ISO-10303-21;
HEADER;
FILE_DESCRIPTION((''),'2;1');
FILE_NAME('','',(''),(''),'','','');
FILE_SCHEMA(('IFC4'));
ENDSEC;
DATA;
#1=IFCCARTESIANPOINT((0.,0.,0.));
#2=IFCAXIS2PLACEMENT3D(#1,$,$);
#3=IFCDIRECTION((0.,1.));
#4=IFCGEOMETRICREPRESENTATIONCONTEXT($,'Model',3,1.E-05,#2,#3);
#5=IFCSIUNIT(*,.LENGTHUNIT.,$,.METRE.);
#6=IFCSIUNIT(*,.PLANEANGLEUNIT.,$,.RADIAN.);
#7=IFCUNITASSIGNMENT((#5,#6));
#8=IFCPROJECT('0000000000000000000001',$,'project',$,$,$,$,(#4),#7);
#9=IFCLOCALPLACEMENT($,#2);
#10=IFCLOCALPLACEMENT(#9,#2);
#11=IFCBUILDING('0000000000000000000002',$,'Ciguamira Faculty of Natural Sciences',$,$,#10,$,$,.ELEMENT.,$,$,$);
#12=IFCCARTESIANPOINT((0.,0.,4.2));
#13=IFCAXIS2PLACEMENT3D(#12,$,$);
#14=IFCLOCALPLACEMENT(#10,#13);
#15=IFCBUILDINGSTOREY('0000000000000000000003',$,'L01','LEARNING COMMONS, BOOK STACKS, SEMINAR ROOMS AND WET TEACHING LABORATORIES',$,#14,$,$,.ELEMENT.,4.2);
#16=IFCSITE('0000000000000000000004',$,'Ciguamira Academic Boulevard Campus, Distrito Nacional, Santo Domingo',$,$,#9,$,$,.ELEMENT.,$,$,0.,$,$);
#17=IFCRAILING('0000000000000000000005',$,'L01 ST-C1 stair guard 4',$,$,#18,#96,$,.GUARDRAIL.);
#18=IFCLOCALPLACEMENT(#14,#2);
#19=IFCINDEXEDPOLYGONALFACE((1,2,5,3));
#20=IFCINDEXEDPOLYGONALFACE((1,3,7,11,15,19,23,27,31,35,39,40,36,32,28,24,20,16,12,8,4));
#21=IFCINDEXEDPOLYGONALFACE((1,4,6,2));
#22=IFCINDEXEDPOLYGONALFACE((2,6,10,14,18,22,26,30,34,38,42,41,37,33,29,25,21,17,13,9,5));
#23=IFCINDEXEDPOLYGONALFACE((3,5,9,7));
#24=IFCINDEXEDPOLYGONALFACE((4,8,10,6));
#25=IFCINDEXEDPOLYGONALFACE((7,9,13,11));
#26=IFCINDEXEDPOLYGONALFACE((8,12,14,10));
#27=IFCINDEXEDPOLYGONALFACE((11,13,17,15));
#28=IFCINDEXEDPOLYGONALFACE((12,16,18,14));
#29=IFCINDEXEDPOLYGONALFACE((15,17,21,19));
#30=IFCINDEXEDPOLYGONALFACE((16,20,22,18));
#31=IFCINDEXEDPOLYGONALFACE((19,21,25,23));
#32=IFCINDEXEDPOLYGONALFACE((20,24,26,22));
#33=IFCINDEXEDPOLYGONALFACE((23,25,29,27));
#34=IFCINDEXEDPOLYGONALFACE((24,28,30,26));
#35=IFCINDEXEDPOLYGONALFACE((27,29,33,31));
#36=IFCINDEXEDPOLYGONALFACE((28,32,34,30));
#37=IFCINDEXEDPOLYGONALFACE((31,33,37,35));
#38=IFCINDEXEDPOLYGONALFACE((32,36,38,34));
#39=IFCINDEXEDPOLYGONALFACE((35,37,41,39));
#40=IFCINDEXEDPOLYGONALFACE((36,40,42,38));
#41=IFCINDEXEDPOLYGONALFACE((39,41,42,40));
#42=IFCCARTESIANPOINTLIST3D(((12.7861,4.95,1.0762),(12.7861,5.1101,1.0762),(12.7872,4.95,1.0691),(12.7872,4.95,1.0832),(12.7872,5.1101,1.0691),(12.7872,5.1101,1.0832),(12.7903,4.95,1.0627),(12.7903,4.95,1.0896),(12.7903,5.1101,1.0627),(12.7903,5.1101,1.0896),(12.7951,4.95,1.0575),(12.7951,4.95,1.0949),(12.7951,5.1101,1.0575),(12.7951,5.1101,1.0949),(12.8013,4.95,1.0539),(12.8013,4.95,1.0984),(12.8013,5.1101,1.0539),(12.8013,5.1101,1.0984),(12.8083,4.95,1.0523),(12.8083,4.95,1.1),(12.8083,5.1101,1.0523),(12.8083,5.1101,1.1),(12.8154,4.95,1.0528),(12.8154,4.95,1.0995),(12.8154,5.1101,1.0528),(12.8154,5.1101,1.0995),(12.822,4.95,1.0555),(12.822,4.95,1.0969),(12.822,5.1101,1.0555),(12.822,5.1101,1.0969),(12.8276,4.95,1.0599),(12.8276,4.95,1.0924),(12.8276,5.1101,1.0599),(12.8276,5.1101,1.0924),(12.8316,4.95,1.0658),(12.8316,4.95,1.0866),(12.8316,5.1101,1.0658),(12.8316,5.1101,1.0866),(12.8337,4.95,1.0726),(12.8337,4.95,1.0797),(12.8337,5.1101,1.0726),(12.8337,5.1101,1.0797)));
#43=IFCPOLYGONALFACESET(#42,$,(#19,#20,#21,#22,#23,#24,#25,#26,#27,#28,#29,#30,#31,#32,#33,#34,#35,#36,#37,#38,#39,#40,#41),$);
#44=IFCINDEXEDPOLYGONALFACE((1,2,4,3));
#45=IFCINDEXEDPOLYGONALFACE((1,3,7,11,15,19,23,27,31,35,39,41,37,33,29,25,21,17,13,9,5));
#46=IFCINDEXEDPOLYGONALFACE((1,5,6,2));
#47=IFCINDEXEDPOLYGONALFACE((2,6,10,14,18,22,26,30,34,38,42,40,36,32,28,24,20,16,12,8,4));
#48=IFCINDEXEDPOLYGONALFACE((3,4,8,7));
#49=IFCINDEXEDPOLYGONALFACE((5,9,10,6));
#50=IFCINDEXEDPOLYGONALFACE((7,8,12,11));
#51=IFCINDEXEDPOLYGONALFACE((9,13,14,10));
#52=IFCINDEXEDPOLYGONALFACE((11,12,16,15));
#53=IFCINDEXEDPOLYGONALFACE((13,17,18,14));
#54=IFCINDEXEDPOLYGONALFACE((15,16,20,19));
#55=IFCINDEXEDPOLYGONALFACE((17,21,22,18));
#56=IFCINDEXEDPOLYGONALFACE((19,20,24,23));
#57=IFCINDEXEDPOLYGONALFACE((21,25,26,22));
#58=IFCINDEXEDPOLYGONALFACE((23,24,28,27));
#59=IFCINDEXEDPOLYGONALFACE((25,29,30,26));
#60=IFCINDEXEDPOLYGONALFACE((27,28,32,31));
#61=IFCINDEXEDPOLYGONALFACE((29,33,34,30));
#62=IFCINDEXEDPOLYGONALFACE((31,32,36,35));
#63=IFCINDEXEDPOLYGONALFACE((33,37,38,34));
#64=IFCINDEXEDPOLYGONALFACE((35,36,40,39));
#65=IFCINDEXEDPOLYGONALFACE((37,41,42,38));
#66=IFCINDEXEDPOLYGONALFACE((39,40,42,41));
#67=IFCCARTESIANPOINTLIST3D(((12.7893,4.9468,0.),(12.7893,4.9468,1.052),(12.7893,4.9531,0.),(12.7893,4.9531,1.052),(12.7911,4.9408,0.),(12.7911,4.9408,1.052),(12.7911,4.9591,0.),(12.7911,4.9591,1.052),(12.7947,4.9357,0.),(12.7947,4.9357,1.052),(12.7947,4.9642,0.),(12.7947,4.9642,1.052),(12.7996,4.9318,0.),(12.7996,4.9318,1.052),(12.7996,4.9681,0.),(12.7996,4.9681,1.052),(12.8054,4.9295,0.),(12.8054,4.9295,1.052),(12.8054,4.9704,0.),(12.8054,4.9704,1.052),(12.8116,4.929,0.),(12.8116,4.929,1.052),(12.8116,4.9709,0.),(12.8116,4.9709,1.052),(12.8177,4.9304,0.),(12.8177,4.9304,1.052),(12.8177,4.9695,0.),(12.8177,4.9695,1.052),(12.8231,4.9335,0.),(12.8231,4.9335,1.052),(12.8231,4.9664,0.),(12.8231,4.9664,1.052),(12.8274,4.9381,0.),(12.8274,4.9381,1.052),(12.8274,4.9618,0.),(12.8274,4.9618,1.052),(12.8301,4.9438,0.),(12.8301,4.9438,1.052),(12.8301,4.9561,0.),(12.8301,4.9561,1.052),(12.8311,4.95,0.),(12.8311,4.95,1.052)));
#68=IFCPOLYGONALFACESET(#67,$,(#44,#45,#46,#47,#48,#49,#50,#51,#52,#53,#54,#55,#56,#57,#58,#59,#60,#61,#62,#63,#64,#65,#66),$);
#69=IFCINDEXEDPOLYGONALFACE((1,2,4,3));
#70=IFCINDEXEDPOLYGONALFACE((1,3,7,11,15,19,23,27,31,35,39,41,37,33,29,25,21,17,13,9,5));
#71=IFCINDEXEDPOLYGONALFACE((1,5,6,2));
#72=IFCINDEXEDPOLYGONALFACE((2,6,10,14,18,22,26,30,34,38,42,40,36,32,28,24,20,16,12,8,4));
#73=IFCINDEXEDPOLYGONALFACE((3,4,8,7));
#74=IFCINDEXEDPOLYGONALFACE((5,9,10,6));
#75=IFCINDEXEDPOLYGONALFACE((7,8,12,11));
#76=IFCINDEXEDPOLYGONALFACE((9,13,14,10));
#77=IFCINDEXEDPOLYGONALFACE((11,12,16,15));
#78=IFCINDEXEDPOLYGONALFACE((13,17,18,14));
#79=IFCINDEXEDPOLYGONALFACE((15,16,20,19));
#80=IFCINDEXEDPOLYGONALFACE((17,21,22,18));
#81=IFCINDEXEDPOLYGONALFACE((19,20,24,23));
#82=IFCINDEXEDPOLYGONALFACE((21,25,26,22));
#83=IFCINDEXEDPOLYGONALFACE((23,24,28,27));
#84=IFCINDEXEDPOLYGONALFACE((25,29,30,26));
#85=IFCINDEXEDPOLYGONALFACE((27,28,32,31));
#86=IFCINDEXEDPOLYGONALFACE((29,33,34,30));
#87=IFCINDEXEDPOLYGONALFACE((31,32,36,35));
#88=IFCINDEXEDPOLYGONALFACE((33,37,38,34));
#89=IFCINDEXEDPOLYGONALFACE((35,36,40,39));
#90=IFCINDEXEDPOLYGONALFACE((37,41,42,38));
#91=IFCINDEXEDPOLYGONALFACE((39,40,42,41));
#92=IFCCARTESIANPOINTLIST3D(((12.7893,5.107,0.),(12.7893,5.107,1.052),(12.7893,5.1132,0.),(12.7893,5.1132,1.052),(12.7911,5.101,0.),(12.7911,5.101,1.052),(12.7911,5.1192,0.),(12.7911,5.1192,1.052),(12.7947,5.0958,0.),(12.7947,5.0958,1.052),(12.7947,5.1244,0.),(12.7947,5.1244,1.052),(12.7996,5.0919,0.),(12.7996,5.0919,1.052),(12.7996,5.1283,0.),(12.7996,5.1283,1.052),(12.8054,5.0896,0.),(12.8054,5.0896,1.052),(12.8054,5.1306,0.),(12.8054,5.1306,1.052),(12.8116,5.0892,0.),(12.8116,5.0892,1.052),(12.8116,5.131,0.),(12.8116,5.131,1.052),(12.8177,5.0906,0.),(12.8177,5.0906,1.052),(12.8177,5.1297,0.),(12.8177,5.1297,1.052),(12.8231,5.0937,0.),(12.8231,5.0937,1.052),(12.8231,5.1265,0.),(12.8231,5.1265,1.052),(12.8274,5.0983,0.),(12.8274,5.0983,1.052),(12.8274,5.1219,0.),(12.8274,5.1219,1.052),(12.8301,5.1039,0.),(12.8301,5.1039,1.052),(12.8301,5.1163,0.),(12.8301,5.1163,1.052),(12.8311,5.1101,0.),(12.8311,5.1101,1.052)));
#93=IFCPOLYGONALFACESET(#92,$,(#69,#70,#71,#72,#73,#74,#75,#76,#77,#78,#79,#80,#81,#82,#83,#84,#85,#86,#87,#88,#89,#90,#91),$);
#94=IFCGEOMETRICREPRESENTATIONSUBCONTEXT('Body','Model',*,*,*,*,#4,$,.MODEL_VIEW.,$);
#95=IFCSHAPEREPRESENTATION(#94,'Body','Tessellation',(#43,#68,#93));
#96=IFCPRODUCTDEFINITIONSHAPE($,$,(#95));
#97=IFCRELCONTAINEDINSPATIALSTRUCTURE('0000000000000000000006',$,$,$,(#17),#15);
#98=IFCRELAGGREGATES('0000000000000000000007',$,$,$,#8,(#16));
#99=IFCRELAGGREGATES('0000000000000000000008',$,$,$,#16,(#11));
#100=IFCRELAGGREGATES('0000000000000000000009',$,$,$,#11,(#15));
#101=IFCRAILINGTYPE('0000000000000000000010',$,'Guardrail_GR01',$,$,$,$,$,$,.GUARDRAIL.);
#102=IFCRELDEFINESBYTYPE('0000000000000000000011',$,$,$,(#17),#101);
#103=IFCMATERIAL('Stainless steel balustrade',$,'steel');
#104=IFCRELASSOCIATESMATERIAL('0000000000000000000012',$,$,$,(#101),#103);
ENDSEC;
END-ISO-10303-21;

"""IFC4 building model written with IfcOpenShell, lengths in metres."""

from ifc_helpers import new_model, si_unit, direction, frame, origin, origin_2d, place, context, subcontext, project, spatial, circle, extrude, material, type_object, element, save


model = new_model("IFC4")

# Units and contexts
model_context = context("Model", 3, precision=1e-05, world=origin(), true_north=direction((0.0, 1.0)))
body_context = subcontext(model_context, "Body", "Model", "MODEL_VIEW")
ifc_project = project(units=[si_unit("LENGTHUNIT", "METRE"), si_unit("PLANEANGLEUNIT", "RADIAN")], contexts=[model_context])

# Site, building, storey
site_placement = place(None, origin())
site = spatial("IfcSite", under=ifc_project, at=site_placement, Name="Ciguamira Academic Boulevard Campus, Distrito Nacional, Santo Domingo", CompositionType="ELEMENT", RefElevation=0.0)
building_placement = place(site_placement, origin())
building = spatial("IfcBuilding", under=site, at=building_placement, Name="Ciguamira Faculty of Natural Sciences", CompositionType="ELEMENT")
storey_placement = place(building_placement, frame((0.0, 0.0, 4.2)))
storey = spatial("IfcBuildingStorey", under=building, at=storey_placement, Name="L01", Description="LEARNING COMMONS, BOOK STACKS, SEMINAR ROOMS AND WET TEACHING LABORATORIES", CompositionType="ELEMENT", Elevation=4.2)

# Railing
ifc_material_1 = material(Name="Stainless steel balustrade", Category="steel")
railing_type_1 = type_object("IfcRailingType", Name="Guardrail_GR01", PredefinedType="GUARDRAIL", material=ifc_material_1)
railing_1_placement = place(storey_placement, frame((12.8101, 4.95, 0.0)))
element("IfcRailing", 1, at=railing_1_placement, inside=storey, type_object=railing_type_1, Name="L01 ST-C1 stair guard 4", PredefinedType="GUARDRAIL", context=body_context, shape_type="SweptSolid", body=[
    extrude(circle(Radius=0.0239, at=origin_2d()), frame((0.0, 0.0, 1.0762), z_axis=(0.0, 1.0, 0.0), x_axis=(-1.0, 0.0, 0.0)), (0.0, 0.0, 1.0), 0.1602),
    extrude(circle(Radius=0.021, at=origin_2d()), origin(), (0.0, 0.0, 1.0), 1.052),
    extrude(circle(Radius=0.021, at=origin_2d()), frame((0.0, 0.1602, 0.0)), (0.0, 0.0, 1.0), 1.052),
])

save(model, "model.ifc")
